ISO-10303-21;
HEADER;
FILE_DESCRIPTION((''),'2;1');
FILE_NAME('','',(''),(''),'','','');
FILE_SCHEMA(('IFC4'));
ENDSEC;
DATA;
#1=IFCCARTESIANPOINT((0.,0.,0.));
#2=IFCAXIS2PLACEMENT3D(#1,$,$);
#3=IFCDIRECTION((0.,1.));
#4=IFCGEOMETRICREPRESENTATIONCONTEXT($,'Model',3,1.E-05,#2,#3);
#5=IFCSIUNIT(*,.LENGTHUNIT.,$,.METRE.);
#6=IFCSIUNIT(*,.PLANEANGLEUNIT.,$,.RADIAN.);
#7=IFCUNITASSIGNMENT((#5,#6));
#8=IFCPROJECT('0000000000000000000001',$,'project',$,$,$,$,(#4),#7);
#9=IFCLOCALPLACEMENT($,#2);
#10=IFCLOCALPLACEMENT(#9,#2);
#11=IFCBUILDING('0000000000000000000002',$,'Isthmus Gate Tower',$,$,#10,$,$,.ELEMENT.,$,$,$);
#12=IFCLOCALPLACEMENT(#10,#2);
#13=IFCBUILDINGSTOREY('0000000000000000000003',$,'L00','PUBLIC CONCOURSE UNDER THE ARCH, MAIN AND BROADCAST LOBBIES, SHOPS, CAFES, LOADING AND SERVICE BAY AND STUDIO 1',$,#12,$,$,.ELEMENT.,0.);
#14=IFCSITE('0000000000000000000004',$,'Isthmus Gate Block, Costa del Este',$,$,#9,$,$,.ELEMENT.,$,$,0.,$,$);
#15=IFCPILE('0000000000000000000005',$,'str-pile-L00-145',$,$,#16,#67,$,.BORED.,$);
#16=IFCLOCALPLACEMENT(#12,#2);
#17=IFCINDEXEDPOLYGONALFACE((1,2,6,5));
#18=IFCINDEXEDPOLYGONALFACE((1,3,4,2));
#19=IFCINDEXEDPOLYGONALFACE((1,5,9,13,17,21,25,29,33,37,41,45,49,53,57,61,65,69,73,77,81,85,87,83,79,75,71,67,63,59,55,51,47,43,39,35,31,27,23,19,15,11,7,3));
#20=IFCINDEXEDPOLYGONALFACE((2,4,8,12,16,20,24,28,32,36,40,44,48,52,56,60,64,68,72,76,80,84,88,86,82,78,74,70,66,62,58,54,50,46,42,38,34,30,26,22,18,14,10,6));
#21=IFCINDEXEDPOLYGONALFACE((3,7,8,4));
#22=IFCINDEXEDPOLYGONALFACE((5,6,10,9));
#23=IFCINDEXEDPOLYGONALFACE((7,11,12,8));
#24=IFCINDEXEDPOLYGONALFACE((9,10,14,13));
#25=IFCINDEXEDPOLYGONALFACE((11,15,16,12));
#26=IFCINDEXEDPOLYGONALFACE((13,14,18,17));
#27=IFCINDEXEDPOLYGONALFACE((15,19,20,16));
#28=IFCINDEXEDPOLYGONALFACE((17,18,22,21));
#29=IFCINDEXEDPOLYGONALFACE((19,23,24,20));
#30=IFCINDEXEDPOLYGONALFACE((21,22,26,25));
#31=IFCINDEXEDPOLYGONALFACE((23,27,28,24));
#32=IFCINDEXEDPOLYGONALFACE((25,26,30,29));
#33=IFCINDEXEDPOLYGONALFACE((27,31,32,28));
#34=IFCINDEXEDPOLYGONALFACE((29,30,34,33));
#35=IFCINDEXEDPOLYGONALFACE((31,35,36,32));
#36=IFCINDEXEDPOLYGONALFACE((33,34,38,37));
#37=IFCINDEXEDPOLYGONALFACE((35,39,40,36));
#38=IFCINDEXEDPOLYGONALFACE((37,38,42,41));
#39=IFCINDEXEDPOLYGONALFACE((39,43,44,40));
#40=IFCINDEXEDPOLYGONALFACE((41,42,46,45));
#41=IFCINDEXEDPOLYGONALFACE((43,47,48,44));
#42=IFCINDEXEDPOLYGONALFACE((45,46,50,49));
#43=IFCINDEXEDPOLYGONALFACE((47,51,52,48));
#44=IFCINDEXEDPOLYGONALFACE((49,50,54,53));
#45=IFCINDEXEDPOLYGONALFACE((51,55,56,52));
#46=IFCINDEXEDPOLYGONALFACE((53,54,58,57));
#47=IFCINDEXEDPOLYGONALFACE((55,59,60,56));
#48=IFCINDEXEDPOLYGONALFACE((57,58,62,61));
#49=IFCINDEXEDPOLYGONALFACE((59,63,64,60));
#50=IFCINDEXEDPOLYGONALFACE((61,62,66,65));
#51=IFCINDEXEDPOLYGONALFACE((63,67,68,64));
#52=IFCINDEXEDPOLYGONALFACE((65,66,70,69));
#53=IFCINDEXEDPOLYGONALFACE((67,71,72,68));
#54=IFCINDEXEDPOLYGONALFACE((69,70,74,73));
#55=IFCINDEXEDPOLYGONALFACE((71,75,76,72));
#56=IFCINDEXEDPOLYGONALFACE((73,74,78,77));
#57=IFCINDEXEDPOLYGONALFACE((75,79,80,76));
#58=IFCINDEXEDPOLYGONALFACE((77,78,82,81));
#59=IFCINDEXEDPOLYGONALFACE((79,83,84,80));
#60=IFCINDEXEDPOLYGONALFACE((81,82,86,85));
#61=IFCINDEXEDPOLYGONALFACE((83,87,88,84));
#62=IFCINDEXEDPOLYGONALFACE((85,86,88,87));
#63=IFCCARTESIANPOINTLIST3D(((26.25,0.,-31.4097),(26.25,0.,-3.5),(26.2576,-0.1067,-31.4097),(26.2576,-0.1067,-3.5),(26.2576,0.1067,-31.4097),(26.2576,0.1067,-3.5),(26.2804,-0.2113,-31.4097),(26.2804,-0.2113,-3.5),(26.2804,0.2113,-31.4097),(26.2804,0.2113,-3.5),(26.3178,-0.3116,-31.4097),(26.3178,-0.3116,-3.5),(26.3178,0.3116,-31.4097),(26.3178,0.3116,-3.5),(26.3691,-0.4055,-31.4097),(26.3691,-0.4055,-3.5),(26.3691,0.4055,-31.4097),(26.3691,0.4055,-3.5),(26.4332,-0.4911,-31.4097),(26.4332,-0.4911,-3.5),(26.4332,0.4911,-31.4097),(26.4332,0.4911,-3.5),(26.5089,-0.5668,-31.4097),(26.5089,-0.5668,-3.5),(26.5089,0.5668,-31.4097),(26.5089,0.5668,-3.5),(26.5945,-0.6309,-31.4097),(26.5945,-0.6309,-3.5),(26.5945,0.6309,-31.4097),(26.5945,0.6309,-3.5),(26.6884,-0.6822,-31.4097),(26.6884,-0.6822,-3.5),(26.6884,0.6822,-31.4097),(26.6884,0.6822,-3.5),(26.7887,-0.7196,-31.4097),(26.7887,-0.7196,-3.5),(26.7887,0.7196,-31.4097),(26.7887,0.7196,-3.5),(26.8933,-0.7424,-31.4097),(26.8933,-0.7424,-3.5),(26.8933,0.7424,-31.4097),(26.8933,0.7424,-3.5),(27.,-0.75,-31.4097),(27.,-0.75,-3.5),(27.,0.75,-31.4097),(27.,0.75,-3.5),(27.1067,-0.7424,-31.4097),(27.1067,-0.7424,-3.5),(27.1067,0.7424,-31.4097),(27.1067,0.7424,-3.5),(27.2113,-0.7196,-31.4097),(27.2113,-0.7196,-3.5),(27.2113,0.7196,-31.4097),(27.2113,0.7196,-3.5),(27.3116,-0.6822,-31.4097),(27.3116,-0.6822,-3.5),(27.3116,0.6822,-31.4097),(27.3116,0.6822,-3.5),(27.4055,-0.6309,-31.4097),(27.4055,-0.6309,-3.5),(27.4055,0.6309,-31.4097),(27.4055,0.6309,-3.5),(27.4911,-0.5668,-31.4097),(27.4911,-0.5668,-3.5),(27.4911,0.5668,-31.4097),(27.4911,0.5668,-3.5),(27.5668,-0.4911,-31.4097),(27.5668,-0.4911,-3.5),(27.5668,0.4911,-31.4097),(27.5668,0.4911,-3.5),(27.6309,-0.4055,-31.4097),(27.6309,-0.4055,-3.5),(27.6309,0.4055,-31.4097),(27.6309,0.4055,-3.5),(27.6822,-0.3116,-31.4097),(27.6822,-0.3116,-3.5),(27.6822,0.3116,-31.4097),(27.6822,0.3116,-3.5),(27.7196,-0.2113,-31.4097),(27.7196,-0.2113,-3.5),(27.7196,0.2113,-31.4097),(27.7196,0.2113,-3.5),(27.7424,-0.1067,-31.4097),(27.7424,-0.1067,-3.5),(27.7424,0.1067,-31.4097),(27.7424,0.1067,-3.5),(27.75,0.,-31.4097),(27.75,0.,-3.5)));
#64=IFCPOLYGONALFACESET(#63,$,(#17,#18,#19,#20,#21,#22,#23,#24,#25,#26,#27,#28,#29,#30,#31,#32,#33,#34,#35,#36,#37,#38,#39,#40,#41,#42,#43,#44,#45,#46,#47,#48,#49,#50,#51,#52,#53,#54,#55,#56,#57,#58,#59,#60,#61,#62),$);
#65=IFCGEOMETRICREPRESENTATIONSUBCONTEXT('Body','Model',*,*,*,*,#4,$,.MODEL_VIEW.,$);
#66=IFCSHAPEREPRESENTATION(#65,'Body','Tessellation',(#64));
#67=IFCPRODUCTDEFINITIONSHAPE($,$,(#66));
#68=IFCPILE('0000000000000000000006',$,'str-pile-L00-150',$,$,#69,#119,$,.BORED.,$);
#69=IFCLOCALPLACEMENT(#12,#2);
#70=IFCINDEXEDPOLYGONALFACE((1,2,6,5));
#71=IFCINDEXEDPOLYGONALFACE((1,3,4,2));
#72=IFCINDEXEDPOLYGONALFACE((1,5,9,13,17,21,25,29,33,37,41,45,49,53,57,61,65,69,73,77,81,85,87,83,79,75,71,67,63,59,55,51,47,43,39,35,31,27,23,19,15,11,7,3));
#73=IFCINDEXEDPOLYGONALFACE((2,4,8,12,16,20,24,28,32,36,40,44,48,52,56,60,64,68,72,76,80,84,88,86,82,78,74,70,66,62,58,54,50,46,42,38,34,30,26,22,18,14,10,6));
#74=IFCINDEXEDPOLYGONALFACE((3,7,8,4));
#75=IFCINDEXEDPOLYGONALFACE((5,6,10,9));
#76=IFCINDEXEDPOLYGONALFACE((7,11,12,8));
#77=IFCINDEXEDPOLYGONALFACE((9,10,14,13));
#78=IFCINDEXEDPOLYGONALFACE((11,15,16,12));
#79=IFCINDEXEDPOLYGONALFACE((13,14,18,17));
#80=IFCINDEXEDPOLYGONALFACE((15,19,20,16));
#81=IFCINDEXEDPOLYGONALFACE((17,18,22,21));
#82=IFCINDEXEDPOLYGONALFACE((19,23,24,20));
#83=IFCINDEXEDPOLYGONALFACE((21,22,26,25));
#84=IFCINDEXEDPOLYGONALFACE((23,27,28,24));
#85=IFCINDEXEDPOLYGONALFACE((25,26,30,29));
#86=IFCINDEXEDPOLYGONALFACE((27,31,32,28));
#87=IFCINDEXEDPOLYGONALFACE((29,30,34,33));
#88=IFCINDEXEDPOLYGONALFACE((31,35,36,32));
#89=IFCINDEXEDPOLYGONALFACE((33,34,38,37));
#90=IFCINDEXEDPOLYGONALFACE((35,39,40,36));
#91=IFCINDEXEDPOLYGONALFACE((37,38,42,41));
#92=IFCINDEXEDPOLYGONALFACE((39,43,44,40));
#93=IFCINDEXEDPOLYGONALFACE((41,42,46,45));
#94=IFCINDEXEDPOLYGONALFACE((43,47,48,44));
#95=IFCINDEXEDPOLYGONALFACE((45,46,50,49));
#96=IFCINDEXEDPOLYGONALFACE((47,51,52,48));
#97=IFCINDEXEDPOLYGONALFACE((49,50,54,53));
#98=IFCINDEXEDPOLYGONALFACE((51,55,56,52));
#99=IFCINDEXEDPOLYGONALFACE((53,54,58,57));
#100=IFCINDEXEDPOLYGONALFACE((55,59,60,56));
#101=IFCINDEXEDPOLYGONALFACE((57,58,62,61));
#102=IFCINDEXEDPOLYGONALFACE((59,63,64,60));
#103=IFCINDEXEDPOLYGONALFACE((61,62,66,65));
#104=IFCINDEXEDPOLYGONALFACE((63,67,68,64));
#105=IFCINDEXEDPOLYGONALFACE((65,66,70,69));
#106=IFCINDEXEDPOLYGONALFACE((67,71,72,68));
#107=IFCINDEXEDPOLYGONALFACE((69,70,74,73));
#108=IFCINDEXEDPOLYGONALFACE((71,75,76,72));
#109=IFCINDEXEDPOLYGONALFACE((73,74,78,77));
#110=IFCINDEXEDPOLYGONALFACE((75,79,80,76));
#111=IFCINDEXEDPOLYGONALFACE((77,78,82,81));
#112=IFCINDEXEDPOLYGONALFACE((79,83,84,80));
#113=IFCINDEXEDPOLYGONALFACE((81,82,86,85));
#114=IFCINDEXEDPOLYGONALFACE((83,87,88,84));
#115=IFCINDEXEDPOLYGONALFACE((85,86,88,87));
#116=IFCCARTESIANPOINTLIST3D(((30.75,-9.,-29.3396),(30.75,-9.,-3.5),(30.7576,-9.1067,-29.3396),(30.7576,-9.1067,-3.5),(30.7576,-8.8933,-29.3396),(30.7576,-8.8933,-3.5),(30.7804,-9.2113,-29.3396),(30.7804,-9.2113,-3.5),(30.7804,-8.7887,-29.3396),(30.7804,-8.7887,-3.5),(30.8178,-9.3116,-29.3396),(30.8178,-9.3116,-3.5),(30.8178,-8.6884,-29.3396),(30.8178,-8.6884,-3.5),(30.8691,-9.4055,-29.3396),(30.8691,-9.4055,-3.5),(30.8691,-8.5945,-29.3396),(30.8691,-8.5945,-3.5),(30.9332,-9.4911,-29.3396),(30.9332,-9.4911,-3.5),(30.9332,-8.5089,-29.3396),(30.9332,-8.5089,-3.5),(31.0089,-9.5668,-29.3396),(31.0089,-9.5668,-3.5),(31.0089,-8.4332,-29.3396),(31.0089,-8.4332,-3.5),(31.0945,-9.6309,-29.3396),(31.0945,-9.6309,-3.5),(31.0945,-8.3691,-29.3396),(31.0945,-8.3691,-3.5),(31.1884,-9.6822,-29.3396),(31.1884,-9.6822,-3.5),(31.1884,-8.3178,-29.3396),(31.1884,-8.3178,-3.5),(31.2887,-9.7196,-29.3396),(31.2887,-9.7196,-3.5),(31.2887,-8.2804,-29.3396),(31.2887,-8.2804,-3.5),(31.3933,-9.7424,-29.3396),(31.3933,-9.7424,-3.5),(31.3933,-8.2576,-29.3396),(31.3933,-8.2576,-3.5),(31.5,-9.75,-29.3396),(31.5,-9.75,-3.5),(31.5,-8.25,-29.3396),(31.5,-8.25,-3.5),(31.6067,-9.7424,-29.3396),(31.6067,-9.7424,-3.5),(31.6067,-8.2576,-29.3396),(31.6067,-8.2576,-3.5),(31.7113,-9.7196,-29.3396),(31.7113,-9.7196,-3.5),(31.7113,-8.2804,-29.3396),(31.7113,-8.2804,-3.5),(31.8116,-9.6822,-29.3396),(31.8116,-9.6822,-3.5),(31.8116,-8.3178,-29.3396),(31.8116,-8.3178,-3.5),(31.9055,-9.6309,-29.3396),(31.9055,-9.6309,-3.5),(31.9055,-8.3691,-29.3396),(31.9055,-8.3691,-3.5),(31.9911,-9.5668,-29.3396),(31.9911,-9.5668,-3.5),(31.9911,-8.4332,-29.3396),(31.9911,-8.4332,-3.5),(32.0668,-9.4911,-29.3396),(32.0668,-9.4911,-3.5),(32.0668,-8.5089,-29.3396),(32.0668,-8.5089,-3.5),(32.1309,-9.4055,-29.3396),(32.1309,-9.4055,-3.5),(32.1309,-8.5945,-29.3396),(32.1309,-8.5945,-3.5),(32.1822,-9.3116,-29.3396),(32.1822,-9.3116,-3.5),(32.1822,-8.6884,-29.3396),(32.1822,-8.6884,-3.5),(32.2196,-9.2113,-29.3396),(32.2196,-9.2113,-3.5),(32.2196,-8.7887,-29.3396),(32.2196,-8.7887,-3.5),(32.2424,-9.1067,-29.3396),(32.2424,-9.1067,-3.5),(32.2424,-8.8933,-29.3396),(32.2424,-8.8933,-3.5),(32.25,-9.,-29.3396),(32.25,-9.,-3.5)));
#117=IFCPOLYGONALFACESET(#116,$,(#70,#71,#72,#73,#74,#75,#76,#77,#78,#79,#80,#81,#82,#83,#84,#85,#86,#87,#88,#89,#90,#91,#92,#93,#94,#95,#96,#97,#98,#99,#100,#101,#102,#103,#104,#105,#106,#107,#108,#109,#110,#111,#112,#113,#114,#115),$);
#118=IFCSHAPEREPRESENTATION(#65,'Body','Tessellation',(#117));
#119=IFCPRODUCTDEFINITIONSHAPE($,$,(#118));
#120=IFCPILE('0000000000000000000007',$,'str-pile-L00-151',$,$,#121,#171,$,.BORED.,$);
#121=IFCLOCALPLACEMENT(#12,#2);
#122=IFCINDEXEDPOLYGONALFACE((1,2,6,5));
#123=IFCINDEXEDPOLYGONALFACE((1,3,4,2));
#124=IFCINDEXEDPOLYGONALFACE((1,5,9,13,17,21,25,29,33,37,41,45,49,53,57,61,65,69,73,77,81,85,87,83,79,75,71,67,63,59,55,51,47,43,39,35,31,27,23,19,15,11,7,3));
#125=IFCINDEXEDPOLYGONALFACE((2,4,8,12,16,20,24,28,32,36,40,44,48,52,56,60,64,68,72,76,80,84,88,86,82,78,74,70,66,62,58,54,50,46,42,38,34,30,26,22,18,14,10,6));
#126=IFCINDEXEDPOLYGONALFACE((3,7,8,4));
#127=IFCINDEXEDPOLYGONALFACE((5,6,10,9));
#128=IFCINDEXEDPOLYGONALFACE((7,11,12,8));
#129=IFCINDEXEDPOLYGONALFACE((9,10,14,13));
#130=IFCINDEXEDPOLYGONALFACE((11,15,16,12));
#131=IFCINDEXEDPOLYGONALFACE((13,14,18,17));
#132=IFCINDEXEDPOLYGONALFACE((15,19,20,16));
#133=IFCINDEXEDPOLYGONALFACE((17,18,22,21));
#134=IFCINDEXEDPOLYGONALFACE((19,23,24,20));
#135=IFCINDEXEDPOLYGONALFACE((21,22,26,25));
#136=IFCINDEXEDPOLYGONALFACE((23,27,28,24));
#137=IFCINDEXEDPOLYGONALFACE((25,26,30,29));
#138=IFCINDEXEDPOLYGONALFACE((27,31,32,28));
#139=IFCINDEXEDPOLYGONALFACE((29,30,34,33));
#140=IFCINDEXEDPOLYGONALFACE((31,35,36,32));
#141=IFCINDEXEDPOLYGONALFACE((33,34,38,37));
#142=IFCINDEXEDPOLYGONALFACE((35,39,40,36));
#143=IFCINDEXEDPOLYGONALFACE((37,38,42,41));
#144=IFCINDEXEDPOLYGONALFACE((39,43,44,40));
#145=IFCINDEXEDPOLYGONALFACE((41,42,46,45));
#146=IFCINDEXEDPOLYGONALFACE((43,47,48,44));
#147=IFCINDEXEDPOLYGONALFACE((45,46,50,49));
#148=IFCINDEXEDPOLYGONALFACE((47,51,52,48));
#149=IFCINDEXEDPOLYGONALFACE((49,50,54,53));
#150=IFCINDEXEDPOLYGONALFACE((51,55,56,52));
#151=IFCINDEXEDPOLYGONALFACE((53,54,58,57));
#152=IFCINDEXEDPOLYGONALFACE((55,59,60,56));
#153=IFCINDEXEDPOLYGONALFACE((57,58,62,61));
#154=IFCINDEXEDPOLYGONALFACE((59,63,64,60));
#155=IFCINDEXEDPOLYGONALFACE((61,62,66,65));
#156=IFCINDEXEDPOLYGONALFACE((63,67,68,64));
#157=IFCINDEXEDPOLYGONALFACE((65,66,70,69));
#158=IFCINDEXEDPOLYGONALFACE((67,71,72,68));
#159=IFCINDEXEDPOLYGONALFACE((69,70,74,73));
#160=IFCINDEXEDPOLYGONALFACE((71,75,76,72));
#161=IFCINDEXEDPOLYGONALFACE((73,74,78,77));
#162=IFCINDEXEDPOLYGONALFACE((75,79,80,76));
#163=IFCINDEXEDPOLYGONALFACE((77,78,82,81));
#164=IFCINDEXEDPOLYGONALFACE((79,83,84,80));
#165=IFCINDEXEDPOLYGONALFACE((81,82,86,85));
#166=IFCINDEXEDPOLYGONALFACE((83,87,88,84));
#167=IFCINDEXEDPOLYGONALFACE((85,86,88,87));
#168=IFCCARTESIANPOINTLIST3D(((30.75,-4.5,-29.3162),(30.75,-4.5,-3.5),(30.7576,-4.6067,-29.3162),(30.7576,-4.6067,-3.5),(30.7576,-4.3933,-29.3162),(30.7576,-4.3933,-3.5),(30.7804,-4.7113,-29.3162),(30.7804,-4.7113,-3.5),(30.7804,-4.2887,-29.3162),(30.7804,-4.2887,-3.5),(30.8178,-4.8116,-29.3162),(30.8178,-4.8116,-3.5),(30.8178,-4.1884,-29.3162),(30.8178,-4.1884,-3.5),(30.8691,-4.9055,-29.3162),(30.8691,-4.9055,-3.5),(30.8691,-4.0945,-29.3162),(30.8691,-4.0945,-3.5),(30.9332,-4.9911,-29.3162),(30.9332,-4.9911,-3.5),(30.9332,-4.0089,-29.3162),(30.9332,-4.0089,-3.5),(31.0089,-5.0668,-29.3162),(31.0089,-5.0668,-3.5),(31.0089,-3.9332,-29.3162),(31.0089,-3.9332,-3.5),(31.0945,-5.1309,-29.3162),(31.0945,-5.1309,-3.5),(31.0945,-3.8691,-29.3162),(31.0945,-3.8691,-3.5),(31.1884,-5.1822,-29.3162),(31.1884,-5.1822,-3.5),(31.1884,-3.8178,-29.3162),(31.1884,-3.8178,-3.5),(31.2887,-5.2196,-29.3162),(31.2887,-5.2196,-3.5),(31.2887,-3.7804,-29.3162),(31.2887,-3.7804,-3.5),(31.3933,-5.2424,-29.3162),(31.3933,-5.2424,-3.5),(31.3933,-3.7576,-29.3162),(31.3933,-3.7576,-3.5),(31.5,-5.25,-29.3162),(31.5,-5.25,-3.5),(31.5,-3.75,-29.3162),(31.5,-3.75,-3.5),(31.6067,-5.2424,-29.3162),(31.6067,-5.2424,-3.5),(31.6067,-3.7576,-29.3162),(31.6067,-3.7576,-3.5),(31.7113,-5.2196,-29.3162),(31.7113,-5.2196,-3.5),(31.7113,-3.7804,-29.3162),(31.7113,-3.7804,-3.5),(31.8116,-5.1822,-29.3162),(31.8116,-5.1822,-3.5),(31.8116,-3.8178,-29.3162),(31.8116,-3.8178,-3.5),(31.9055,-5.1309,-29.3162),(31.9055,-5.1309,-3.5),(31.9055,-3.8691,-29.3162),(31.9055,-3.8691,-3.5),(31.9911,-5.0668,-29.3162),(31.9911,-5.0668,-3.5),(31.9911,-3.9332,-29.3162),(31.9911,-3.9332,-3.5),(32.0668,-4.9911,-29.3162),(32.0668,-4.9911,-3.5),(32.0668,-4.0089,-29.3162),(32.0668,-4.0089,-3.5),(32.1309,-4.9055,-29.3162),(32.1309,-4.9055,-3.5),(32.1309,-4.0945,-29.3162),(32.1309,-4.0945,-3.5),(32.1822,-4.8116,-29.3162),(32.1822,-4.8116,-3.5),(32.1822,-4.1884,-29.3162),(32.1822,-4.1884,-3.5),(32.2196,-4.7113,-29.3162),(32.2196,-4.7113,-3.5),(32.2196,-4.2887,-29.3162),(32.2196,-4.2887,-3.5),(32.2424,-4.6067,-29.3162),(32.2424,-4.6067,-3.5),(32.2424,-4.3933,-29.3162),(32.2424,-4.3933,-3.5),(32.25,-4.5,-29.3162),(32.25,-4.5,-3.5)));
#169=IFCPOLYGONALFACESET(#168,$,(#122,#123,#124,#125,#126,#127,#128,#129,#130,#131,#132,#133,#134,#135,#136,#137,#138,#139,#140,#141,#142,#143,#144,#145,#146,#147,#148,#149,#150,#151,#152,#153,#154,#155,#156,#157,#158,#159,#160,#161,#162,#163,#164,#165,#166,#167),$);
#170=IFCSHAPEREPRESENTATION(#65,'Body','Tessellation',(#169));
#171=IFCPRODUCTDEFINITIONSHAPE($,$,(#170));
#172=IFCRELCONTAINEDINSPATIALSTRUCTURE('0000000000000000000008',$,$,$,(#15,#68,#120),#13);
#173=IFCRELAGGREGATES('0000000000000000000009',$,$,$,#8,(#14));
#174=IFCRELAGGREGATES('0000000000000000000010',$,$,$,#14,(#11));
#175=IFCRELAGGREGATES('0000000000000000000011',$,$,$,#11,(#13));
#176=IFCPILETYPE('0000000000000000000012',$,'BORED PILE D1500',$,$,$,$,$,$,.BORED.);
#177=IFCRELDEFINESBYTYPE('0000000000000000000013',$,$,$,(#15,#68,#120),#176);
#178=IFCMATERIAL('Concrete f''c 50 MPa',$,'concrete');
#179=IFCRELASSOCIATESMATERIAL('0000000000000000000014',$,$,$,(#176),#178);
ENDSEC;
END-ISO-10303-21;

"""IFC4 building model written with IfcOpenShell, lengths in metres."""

from ifc_helpers import new_model, si_unit, direction, frame, origin, origin_2d, place, context, subcontext, project, spatial, circle, extrude, material, material_profile, profile_set, type_object, element, save


model = new_model("IFC4")

# Units and contexts
model_context = context("Model", 3, precision=1e-05, world=origin(), true_north=direction((0.0, 1.0)))
body_context = subcontext(model_context, "Body", "Model", "MODEL_VIEW")
ifc_project = project(units=[si_unit("LENGTHUNIT", "METRE"), si_unit("PLANEANGLEUNIT", "RADIAN")], contexts=[model_context])

# Site, building, storey
site_placement = place(None, origin())
site = spatial("IfcSite", under=ifc_project, at=site_placement, Name="Isthmus Gate Block, Costa del Este", CompositionType="ELEMENT", RefElevation=0.0)
building_placement = place(site_placement, origin())
building = spatial("IfcBuilding", under=site, at=building_placement, Name="Isthmus Gate Tower", CompositionType="ELEMENT")
storey_placement = place(building_placement, origin())
storey = spatial("IfcBuildingStorey", under=building, at=storey_placement, Name="L00", Description="PUBLIC CONCOURSE UNDER THE ARCH, MAIN AND BROADCAST LOBBIES, SHOPS, CAFES, LOADING AND SERVICE BAY AND STUDIO 1", CompositionType="ELEMENT", Elevation=0.0)

# Piles
ifc_material_1 = material(Name="Concrete f'c 50 MPa", Category="concrete")
ifc_material_profile_1 = material_profile(ifc_material_1, circle(Radius=0.75, at=origin_2d()), Name="D1500")
ifc_profile_set_1 = profile_set([ifc_material_profile_1], Name="Concrete f'c 50 MPa")
pile_type = type_object("IfcPileType", Name="BORED PILE D1500", PredefinedType="BORED", material=ifc_profile_set_1)
pile_1_placement = place(storey_placement, frame((27.0, 0.0, -3.5), z_axis=(0.0, 0.0, -1.0), x_axis=(1.0, 0.0, 0.0)))
element("IfcPile", 1, at=pile_1_placement, inside=storey, type_object=pile_type, Name="str-pile-L00-145", PredefinedType="BORED", context=body_context, shape_type="SweptSolid", body=[
    extrude(circle(Radius=0.75, at=origin_2d()), origin(), (0.0, 0.0, 1.0), 27.9097),
])
pile_2_placement = place(storey_placement, frame((31.5, -9.0, -3.5), z_axis=(0.0, 0.0, -1.0), x_axis=(1.0, 0.0, 0.0)))
element("IfcPile", 2, at=pile_2_placement, inside=storey, type_object=pile_type, Name="str-pile-L00-150", PredefinedType="BORED", context=body_context, shape_type="SweptSolid", body=[
    extrude(circle(Radius=0.75, at=origin_2d()), origin(), (0.0, 0.0, 1.0), 25.8396),
])
pile_3_placement = place(storey_placement, frame((31.5, -4.5, -3.5), z_axis=(0.0, 0.0, -1.0), x_axis=(1.0, 0.0, 0.0)))
element("IfcPile", 3, at=pile_3_placement, inside=storey, type_object=pile_type, Name="str-pile-L00-151", PredefinedType="BORED", context=body_context, shape_type="SweptSolid", body=[
    extrude(circle(Radius=0.75, at=origin_2d()), origin(), (0.0, 0.0, 1.0), 25.8162),
])

save(model, "model.ifc")
